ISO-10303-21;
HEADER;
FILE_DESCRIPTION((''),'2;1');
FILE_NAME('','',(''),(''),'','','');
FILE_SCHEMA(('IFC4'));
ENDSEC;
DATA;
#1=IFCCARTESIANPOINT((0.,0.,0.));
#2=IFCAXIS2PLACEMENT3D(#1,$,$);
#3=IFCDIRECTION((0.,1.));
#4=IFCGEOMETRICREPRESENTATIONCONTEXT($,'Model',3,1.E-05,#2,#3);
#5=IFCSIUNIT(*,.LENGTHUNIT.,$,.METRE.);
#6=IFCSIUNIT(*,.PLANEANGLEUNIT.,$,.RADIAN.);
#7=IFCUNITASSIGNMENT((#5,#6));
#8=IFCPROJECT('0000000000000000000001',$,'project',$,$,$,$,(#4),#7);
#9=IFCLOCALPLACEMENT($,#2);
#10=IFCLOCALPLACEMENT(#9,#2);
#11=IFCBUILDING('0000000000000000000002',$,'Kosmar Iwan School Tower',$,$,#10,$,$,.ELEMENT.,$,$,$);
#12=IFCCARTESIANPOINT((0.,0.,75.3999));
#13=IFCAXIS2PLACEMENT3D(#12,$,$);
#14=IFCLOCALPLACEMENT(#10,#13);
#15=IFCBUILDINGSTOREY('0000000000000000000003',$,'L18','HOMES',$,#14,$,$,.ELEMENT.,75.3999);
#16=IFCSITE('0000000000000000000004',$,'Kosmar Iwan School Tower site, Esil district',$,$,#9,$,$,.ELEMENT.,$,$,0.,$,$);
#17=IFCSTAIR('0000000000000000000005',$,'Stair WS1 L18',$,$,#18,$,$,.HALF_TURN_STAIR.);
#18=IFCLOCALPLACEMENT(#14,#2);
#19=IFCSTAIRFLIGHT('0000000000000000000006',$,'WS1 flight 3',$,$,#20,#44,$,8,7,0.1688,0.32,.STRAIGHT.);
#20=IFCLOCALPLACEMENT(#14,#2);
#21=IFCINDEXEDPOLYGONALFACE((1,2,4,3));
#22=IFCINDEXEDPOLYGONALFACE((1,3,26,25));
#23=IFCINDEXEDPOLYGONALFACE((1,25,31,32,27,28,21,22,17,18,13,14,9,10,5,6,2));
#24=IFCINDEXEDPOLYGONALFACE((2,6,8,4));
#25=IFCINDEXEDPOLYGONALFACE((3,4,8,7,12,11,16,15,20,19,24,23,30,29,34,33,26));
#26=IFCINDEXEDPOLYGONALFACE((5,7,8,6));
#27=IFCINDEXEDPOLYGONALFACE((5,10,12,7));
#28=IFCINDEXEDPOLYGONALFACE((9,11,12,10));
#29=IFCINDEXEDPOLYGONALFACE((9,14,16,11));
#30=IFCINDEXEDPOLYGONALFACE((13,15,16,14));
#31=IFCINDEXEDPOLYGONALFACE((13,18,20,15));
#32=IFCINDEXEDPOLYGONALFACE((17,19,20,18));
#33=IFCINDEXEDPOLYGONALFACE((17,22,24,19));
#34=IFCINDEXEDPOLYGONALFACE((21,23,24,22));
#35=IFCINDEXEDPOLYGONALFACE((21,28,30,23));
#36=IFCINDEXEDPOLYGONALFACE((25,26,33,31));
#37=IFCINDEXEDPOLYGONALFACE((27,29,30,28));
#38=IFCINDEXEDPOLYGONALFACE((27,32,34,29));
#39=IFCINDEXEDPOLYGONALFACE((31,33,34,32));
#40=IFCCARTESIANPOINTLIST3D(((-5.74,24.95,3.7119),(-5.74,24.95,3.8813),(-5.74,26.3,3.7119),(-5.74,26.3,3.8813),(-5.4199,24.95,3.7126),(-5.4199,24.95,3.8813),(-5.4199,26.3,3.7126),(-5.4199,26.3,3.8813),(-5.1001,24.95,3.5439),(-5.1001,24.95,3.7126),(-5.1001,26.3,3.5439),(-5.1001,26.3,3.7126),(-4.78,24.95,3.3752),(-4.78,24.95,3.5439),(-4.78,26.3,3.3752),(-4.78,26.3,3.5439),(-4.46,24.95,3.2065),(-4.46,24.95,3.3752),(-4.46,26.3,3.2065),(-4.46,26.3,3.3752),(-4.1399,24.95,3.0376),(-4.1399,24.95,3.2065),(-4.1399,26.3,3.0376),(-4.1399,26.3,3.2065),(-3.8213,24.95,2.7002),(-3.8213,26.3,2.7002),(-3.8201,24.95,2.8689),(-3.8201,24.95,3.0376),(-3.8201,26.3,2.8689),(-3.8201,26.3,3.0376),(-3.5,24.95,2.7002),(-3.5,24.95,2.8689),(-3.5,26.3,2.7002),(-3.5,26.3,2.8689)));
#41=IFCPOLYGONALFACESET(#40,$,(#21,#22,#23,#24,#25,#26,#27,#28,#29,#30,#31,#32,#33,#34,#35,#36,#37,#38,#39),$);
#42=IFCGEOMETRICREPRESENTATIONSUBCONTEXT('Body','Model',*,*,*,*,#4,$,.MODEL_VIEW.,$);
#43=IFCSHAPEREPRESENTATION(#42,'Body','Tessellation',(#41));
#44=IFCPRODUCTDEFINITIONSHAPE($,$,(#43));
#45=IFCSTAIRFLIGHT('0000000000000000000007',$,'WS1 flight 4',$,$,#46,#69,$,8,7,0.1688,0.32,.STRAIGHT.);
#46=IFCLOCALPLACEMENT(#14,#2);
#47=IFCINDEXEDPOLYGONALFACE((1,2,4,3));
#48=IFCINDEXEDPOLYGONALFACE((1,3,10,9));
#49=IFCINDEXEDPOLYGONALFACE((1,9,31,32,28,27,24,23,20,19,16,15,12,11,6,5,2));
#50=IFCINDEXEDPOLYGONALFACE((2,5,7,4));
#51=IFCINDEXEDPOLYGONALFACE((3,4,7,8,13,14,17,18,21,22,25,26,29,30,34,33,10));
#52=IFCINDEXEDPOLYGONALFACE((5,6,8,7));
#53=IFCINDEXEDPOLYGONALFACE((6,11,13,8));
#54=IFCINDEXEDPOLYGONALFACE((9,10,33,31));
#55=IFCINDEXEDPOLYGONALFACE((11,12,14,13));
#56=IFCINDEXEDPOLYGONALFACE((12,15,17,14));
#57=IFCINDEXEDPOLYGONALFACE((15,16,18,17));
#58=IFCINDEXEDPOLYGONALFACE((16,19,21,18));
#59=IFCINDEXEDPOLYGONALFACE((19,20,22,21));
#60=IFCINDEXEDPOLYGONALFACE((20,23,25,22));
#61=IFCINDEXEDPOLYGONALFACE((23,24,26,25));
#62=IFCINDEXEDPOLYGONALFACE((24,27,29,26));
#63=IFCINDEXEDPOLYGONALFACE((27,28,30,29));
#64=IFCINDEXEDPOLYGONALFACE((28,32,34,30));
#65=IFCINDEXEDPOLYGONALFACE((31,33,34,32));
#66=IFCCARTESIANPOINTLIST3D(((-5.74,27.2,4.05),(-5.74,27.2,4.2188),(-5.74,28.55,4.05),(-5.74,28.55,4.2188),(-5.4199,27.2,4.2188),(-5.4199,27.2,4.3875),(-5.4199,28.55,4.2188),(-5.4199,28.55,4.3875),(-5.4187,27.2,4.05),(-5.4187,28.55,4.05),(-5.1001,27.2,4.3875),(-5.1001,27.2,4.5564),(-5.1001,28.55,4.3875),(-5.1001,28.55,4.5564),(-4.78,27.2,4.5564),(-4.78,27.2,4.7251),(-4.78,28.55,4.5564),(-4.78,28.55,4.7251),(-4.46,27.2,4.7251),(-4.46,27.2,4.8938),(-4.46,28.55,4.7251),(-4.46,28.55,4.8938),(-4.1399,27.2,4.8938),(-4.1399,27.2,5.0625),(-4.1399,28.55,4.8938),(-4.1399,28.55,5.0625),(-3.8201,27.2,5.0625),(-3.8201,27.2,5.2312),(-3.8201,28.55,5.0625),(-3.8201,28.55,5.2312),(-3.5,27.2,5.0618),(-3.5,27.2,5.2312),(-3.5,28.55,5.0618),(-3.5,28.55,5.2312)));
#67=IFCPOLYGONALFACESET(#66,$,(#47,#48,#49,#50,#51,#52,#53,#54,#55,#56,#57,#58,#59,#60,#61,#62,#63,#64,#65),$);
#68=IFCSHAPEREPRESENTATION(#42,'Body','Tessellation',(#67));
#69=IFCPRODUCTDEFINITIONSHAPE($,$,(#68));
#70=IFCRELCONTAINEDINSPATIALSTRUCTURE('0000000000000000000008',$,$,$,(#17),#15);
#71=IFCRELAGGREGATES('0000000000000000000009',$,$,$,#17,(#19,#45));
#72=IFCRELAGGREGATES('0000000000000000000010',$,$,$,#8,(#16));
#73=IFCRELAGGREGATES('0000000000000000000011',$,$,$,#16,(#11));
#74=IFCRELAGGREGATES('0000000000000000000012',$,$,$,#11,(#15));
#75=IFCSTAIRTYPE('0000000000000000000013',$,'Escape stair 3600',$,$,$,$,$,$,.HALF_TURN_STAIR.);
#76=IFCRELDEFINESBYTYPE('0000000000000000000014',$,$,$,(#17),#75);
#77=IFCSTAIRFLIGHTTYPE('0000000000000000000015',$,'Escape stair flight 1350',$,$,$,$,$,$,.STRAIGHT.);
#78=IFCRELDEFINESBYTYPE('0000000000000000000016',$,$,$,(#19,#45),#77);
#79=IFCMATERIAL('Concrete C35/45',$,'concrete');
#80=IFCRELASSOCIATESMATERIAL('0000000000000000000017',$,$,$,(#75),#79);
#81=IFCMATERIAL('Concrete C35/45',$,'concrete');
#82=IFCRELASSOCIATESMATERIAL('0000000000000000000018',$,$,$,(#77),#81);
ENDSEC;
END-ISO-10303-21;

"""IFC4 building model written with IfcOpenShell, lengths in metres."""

from ifc_helpers import new_model, si_unit, direction, frame, origin, place, context, subcontext, project, spatial, polyline, outline, extrude, material, type_object, element, aggregate, save


model = new_model("IFC4")

# Units and contexts
model_context = context("Model", 3, precision=1e-05, world=origin(), true_north=direction((0.0, 1.0)))
body_context = subcontext(model_context, "Body", "Model", "MODEL_VIEW")
ifc_project = project(units=[si_unit("LENGTHUNIT", "METRE"), si_unit("PLANEANGLEUNIT", "RADIAN")], contexts=[model_context])

# Site, building, storey
site_placement = place(None, origin())
site = spatial("IfcSite", under=ifc_project, at=site_placement, Name="Kosmar Iwan School Tower site, Esil district", CompositionType="ELEMENT", RefElevation=0.0)
building_placement = place(site_placement, origin())
building = spatial("IfcBuilding", under=site, at=building_placement, Name="Kosmar Iwan School Tower", CompositionType="ELEMENT")
storey_placement = place(building_placement, frame((0.0, 0.0, 75.3999)))
storey = spatial("IfcBuildingStorey", under=building, at=storey_placement, Name="L18", Description="HOMES", CompositionType="ELEMENT", Elevation=75.3999)

# Stair, stair flights
ifc_material_1 = material(Name="Concrete C35/45", Category="concrete")
stair_type = type_object("IfcStairType", Name="Escape stair 3600", PredefinedType="HALF_TURN_STAIR", material=ifc_material_1)
stair_placement = place(storey_placement, origin())
stair = element("IfcStair", 1, at=stair_placement, inside=storey, type_object=stair_type, Name="Stair WS1 L18", PredefinedType="HALF_TURN_STAIR")
ifc_material_2 = material(Name="Concrete C35/45", Category="concrete")
stair_flight_type = type_object("IfcStairFlightType", Name="Escape stair flight 1350", PredefinedType="STRAIGHT", material=ifc_material_2)
stair_flight_1_placement = place(storey_placement, frame((-3.5, 25.625, 2.7002), z_axis=(0.0, 0.0, 1.0), x_axis=(-1.0, 0.0, 0.0)))
stair_flight_1 = element("IfcStairFlight", 2, at=stair_flight_1_placement, type_object=stair_flight_type, Name="WS1 flight 3", NumberOfRisers=8, NumberOfTreads=7, PredefinedType="STRAIGHT", RiserHeight=0.1688, TreadLength=0.32, context=body_context, shape_type="SweptSolid", body=[
    extrude(outline(polyline([(0.0, 0.0), (0.0, 0.1687), (0.3201, 0.1687), (0.3201, 0.3374), (0.6399, 0.3374), (0.6399, 0.5063), (0.96, 0.5063), (0.96, 0.675), (1.28, 0.675), (1.28, 0.8438), (1.6001, 0.8438), (1.6001, 1.0125), (1.9199, 1.0125), (1.9199, 1.1812), (2.24, 1.1812), (2.24, 1.3501), (2.24, 1.0117), (0.3213, 0.0), (0.0, 0.0)])), frame((0.0, 0.675, 0.0), z_axis=(0.0, -1.0, 0.0), x_axis=(1.0, 0.0, 0.0)), (0.0, 0.0, 1.0), 1.3501),
])
stair_flight_2_placement = place(storey_placement, frame((-5.74, 27.875, 4.05), z_axis=(0.0, 0.0, 1.0), x_axis=(1.0, 0.0, 0.0)))
stair_flight_2 = element("IfcStairFlight", 3, at=stair_flight_2_placement, type_object=stair_flight_type, Name="WS1 flight 4", NumberOfRisers=8, NumberOfTreads=7, PredefinedType="STRAIGHT", RiserHeight=0.1688, TreadLength=0.32, context=body_context, shape_type="SweptSolid", body=[
    extrude(outline(polyline([(0.0, 0.0), (0.0, 0.1687), (0.3201, 0.1687), (0.3201, 0.3374), (0.6399, 0.3374), (0.6399, 0.5063), (0.96, 0.5063), (0.96, 0.675), (1.28, 0.675), (1.28, 0.8438), (1.6001, 0.8438), (1.6001, 1.0125), (1.9199, 1.0125), (1.9199, 1.1812), (2.24, 1.1812), (2.24, 1.3501), (2.24, 1.0117), (0.3213, 0.0), (0.0, 0.0)])), frame((0.0, 0.675, 0.0), z_axis=(0.0, -1.0, 0.0), x_axis=(1.0, 0.0, 0.0)), (0.0, 0.0, 1.0), 1.3501),
])
aggregate(stair, [stair_flight_1, stair_flight_2])

save(model, "model.ifc")
